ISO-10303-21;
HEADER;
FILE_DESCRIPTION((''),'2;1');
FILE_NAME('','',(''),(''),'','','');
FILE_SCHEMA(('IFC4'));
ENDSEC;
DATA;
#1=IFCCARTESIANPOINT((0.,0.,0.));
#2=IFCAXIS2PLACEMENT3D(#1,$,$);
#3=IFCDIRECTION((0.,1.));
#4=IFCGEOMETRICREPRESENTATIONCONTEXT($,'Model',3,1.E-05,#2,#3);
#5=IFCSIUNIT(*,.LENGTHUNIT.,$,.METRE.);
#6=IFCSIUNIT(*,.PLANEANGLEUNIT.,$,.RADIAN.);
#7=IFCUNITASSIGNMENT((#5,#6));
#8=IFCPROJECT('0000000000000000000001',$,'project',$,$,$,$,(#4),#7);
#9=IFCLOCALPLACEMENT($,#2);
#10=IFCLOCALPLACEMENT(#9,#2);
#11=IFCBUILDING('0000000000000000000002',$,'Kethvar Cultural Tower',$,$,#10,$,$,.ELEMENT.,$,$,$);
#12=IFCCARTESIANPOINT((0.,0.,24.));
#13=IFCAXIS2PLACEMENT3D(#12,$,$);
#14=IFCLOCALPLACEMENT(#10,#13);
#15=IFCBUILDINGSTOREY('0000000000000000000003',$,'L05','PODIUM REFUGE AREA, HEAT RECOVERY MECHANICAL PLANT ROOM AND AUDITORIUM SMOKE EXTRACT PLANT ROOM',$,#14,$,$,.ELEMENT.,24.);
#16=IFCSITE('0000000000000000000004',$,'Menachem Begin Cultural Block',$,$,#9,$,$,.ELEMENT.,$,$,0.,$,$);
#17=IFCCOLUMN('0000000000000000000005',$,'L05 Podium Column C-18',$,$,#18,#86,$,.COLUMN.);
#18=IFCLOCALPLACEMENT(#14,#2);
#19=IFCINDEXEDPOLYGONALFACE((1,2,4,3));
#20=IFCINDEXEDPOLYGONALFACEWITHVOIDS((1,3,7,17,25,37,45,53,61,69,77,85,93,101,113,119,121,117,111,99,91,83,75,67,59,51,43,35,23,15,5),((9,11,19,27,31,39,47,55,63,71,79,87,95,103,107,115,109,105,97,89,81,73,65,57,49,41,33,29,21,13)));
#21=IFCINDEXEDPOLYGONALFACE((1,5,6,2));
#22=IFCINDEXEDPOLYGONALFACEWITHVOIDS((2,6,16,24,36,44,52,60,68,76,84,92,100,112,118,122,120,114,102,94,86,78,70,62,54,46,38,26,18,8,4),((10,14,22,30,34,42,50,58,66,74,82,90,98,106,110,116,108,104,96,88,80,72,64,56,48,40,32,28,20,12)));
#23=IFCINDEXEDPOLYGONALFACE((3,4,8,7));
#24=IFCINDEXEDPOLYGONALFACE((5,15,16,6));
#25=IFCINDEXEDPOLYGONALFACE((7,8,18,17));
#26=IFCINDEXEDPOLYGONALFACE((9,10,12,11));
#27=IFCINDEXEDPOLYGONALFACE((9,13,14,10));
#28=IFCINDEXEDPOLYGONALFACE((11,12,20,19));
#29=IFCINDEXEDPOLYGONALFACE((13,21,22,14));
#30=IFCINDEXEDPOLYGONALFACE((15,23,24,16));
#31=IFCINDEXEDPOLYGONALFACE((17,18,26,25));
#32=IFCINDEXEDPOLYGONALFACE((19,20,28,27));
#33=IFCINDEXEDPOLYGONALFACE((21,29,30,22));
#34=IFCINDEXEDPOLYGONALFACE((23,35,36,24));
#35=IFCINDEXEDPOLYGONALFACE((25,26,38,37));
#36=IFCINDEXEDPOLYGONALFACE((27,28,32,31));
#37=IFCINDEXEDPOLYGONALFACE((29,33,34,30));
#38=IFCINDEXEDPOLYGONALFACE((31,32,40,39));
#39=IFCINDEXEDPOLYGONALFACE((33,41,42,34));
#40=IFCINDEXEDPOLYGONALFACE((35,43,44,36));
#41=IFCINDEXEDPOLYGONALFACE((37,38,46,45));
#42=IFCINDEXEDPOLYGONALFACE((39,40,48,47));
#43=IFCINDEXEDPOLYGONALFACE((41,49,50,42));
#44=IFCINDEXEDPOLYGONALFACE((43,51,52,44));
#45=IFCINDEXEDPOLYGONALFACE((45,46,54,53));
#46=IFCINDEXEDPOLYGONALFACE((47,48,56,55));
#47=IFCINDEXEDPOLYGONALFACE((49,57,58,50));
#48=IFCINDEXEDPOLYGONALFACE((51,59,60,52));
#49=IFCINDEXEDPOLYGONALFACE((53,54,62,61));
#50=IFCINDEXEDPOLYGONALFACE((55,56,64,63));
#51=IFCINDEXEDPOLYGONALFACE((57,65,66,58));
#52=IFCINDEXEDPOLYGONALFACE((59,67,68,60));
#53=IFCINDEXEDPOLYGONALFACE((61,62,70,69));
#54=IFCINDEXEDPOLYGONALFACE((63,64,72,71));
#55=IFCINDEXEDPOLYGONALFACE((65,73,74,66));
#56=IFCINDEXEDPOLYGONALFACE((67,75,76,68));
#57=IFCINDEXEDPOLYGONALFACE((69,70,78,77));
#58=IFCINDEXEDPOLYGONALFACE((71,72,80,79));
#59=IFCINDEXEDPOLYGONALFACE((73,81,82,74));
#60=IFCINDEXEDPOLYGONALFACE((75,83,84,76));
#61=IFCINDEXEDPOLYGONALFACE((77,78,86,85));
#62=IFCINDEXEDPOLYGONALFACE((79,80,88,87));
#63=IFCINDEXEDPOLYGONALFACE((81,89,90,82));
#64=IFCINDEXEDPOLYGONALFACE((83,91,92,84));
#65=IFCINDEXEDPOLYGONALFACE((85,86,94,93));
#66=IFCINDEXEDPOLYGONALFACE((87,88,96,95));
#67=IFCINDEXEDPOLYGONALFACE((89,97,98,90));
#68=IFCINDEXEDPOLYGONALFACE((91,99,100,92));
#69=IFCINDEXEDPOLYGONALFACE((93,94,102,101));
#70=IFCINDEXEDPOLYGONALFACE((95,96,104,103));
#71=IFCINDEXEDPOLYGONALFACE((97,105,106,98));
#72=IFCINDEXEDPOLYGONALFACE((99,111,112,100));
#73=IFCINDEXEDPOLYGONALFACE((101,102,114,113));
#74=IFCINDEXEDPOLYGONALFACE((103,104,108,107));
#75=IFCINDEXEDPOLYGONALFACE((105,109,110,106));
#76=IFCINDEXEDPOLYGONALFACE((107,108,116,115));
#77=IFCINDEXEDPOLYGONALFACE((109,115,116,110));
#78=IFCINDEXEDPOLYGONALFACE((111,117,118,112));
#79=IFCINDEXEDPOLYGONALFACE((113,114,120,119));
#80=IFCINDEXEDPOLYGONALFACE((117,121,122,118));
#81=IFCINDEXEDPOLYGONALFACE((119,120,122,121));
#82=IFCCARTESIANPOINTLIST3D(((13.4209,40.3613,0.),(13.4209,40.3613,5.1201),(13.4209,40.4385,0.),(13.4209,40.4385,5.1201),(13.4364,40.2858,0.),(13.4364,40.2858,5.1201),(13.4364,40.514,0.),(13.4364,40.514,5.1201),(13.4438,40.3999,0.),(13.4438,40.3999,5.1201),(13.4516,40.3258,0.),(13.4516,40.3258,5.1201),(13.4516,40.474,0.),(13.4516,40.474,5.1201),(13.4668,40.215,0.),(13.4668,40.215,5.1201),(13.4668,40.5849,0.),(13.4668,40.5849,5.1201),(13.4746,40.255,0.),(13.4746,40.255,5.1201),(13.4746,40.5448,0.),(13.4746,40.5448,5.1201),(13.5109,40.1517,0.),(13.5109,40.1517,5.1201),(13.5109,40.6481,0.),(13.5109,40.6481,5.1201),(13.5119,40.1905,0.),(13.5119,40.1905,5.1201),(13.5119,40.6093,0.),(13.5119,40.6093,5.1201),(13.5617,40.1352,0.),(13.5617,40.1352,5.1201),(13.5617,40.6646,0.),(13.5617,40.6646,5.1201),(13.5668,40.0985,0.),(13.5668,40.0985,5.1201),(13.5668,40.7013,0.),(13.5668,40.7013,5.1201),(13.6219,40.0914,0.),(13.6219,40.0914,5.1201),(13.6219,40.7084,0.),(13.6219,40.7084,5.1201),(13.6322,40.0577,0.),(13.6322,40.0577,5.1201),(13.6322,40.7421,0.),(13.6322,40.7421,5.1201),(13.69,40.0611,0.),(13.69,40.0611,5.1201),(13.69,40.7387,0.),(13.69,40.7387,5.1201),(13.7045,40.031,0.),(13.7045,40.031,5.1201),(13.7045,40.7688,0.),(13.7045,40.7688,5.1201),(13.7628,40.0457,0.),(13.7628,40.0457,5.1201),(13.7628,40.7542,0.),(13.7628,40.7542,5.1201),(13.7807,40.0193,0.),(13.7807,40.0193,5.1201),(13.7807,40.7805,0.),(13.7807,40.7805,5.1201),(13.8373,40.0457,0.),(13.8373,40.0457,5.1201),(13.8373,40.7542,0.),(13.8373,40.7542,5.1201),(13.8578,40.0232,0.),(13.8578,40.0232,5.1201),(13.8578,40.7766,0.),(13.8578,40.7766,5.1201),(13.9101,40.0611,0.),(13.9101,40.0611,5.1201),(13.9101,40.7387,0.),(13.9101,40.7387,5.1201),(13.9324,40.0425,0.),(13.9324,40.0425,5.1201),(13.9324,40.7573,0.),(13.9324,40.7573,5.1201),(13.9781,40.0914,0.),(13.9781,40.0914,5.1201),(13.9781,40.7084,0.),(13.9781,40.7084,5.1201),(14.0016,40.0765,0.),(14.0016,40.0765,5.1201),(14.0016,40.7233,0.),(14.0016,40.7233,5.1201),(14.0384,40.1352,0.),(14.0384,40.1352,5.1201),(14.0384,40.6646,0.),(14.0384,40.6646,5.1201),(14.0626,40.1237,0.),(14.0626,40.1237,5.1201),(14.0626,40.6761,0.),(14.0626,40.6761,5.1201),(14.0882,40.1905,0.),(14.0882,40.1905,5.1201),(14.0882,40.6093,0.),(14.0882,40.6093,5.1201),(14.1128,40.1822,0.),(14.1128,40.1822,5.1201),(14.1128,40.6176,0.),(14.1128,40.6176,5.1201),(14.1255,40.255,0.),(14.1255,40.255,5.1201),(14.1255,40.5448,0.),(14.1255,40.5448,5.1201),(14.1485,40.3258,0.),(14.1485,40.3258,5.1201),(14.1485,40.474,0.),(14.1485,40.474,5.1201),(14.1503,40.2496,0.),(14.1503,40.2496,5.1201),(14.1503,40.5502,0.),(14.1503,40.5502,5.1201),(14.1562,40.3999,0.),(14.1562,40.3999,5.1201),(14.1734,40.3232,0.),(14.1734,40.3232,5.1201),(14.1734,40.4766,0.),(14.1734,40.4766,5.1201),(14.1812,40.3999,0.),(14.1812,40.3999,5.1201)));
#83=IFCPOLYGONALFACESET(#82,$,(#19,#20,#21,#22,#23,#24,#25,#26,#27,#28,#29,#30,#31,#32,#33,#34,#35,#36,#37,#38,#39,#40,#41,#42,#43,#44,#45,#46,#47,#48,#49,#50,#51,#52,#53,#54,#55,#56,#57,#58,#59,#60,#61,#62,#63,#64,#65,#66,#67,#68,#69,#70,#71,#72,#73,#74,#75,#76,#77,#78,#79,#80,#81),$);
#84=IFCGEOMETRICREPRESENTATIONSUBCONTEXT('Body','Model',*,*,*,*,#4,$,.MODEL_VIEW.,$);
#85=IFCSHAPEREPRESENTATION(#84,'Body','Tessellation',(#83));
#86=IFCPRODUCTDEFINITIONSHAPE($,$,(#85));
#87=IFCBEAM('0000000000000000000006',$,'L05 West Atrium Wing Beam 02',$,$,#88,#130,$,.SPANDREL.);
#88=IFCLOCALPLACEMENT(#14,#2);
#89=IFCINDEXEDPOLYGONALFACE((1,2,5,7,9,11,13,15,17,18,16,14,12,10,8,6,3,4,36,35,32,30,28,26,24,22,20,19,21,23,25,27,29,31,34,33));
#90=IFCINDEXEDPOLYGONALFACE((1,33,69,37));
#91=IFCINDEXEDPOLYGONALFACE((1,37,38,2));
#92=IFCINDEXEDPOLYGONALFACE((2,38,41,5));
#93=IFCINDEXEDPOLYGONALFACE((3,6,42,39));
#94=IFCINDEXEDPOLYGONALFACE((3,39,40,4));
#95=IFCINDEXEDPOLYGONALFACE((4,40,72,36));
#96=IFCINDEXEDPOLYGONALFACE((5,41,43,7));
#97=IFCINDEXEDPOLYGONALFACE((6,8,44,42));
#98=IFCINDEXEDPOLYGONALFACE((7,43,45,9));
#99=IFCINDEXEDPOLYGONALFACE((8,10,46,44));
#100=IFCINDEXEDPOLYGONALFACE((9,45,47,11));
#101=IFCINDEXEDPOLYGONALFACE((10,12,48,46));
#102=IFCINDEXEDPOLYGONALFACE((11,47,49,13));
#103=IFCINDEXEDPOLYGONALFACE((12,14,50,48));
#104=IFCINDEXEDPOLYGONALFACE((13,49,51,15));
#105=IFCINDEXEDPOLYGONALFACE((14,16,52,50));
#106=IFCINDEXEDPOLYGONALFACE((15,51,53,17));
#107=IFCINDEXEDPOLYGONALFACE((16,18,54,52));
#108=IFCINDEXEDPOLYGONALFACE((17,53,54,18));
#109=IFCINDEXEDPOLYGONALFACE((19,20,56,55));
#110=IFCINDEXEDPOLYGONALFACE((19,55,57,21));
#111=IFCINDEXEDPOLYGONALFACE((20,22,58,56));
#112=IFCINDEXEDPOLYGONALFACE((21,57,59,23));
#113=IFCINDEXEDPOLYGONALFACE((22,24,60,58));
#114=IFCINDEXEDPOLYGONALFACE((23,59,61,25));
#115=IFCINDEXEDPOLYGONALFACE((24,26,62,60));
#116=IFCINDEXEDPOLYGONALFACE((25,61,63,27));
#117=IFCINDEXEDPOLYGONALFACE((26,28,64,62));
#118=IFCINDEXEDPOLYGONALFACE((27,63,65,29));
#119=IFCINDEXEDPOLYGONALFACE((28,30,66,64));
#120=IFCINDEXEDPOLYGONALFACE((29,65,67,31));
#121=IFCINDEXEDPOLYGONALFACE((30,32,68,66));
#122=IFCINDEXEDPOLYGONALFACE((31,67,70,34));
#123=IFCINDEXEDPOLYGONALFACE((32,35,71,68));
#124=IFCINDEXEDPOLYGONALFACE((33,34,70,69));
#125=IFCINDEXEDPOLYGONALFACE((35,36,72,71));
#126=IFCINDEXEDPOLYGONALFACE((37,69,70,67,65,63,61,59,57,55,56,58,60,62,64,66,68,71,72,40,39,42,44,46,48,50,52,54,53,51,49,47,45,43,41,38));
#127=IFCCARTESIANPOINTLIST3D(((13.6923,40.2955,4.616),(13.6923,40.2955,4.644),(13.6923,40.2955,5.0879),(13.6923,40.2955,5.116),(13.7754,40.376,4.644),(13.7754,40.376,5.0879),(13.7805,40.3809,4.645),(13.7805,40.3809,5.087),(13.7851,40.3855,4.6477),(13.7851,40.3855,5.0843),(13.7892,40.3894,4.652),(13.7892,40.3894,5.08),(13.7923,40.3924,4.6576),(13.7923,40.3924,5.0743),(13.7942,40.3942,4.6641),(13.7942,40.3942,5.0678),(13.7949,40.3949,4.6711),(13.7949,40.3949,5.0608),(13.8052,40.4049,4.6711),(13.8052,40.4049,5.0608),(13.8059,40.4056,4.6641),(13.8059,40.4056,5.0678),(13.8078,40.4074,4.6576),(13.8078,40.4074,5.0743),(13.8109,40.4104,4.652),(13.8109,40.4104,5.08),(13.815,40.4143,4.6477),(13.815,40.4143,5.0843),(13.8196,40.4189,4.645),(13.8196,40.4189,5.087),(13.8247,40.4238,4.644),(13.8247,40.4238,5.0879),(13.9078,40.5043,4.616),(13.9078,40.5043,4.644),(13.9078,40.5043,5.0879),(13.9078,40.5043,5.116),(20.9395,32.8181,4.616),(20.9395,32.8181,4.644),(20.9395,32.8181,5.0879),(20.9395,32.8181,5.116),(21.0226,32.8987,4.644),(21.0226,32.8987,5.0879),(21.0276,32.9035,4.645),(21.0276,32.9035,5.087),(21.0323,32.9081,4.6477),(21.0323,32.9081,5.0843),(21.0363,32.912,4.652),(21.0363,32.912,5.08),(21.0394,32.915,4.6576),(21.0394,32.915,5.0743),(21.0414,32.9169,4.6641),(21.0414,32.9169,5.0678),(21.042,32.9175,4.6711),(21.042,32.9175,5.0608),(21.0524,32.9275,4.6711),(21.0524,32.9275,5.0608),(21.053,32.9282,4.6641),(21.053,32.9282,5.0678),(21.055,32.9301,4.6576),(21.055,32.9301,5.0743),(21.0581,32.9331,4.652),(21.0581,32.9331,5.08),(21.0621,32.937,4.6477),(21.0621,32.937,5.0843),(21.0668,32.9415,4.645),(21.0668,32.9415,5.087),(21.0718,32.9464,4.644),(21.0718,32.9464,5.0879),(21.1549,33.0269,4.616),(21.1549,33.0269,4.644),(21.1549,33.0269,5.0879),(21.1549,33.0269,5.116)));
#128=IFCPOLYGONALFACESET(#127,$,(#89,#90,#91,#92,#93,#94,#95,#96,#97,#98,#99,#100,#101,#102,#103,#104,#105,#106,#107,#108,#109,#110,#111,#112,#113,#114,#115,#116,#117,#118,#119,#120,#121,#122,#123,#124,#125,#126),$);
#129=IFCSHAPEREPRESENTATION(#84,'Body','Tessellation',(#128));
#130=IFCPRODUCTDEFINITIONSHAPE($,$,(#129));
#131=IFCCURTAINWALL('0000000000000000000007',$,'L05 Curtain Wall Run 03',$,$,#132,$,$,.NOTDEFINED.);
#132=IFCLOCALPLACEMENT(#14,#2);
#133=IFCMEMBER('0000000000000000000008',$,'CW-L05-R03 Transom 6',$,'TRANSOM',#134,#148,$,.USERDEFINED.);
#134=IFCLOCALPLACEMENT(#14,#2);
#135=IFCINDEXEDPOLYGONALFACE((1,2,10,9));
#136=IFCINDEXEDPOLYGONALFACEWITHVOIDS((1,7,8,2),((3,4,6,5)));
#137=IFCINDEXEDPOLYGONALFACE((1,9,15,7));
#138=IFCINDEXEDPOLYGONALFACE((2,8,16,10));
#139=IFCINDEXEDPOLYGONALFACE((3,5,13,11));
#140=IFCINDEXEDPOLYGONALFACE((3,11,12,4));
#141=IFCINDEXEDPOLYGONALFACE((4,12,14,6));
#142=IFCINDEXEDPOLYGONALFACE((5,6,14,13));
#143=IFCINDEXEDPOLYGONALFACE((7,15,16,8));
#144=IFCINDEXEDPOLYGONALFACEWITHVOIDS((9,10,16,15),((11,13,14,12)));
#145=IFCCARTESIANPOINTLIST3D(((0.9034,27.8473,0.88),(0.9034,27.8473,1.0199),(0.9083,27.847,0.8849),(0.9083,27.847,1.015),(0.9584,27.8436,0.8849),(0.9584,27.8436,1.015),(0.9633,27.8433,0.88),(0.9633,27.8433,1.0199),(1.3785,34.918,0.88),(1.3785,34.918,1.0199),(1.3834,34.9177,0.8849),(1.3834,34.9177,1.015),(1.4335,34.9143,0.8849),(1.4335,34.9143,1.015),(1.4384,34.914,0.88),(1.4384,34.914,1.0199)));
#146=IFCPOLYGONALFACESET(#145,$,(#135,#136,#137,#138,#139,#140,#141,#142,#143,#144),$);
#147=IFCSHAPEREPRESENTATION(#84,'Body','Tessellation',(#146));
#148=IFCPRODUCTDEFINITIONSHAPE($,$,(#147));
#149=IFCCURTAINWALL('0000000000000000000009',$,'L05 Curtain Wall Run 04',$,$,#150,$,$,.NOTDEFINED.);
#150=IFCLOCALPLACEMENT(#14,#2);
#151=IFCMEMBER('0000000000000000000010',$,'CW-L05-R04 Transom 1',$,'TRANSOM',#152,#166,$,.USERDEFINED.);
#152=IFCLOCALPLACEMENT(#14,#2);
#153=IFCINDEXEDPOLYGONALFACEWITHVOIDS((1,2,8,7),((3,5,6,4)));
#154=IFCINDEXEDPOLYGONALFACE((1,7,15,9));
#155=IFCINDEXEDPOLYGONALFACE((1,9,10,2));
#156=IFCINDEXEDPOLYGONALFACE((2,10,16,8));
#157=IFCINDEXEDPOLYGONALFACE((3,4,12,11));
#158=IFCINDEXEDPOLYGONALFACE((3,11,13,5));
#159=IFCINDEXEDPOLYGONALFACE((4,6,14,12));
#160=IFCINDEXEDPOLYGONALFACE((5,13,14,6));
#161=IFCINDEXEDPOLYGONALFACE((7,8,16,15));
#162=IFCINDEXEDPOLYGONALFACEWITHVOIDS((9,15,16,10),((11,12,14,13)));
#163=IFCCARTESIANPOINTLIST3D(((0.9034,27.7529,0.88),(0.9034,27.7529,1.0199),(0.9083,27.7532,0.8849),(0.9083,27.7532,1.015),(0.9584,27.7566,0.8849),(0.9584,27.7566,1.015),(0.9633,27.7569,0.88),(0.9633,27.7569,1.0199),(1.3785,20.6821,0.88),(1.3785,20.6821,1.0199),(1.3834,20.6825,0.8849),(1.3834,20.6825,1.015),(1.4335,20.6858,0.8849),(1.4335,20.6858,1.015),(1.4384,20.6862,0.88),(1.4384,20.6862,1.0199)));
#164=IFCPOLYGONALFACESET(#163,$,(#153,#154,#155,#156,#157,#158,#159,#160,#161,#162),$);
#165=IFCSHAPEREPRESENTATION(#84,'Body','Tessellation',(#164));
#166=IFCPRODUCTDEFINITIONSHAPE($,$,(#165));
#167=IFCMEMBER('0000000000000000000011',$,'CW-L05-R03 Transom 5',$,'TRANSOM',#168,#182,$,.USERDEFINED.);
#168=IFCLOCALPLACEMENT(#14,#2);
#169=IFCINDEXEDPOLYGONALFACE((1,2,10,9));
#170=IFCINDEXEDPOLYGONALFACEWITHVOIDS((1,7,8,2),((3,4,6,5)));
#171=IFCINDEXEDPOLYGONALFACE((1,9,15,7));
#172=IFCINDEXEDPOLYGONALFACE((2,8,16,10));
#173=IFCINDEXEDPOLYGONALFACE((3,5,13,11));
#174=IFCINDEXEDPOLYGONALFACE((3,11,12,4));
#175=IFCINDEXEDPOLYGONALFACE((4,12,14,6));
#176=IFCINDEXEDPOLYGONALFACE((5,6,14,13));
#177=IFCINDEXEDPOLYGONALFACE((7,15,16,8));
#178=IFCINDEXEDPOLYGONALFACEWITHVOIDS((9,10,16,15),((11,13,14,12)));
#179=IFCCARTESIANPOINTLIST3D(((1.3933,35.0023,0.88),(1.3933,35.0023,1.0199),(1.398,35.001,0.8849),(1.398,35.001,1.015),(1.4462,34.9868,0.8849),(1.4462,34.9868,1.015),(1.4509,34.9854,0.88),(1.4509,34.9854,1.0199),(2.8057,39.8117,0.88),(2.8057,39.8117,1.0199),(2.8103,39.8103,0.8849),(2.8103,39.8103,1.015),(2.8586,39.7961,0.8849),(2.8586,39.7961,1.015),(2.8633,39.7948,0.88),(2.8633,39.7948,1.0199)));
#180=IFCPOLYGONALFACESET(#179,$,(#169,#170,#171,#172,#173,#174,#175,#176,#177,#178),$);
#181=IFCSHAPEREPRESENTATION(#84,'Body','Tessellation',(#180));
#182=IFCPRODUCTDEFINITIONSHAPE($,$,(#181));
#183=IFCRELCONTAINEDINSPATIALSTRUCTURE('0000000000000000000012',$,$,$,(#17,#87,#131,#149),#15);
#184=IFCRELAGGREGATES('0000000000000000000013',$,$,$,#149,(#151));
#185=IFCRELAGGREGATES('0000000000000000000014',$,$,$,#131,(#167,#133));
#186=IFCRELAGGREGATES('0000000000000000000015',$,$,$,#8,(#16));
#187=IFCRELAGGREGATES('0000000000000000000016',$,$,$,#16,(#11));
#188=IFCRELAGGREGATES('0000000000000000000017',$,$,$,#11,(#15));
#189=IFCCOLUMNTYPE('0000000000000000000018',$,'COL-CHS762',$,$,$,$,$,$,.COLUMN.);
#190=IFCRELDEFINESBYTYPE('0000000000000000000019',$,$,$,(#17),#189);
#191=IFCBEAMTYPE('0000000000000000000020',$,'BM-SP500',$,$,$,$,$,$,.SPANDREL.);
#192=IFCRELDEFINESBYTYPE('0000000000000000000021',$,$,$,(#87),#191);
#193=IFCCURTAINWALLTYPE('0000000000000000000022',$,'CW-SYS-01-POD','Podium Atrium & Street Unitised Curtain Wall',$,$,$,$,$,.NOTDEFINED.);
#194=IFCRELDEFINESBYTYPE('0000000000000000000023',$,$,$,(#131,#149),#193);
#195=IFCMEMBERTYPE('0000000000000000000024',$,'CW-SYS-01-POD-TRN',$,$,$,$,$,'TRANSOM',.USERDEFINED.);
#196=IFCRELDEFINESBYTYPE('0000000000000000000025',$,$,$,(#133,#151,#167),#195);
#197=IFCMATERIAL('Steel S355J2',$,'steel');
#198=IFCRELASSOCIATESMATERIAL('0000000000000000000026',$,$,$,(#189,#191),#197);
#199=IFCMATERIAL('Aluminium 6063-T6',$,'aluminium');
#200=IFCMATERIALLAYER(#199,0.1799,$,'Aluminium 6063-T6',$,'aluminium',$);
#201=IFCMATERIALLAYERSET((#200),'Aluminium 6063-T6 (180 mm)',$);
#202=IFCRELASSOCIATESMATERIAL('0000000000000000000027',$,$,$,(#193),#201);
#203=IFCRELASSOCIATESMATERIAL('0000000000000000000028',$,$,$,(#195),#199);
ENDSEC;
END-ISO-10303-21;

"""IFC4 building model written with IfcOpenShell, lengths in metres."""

from ifc_helpers import new_model, si_unit, direction, frame, origin, origin_2d, place, context, subcontext, project, spatial, hollow_rectangle, hollow_circle, i_section, extrude, source, transform, mapped, material, layer, layer_set, material_profile, profile_set, type_object, element, aggregate, save


model = new_model("IFC4")

# Units and contexts
model_context = context("Model", 3, precision=1e-05, world=origin(), true_north=direction((0.0, 1.0)))
body_context = subcontext(model_context, "Body", "Model", "MODEL_VIEW")
ifc_project = project(units=[si_unit("LENGTHUNIT", "METRE"), si_unit("PLANEANGLEUNIT", "RADIAN")], contexts=[model_context])

# Site, building, storey
site_placement = place(None, origin())
site = spatial("IfcSite", under=ifc_project, at=site_placement, Name="Menachem Begin Cultural Block", CompositionType="ELEMENT", RefElevation=0.0)
building_placement = place(site_placement, origin())
building = spatial("IfcBuilding", under=site, at=building_placement, Name="Kethvar Cultural Tower", CompositionType="ELEMENT")
storey_placement = place(building_placement, frame((0.0, 0.0, 24.0)))
storey = spatial("IfcBuildingStorey", under=building, at=storey_placement, Name="L05", Description="PODIUM REFUGE AREA, HEAT RECOVERY MECHANICAL PLANT ROOM AND AUDITORIUM SMOKE EXTRACT PLANT ROOM", CompositionType="ELEMENT", Elevation=24.0)

# Column
ifc_material_1 = material(Name="Steel S355J2", Category="steel")
ifc_material_profile_1 = material_profile(ifc_material_1, hollow_circle(Radius=0.3811, WallThickness=0.0249, at=origin_2d()), Name="Steel S355J2 — CHS762x25")
ifc_profile_set_1 = profile_set([ifc_material_profile_1], Name="Steel S355J2 — CHS762x25")
column_type = type_object("IfcColumnType", Name="COL-CHS762", PredefinedType="COLUMN", material=ifc_profile_set_1)
shared_shape_1 = source(origin(), body_context, "Body", "SweptSolid", [
    extrude(hollow_circle(Radius=0.3811, WallThickness=0.0249, at=origin_2d()), origin(), (0.0, 0.0, 1.0), 5.1201),
])
column_placement = place(storey_placement, frame((13.8, 40.3999, 0.0), z_axis=(0.0, 0.0, 1.0), x_axis=(1.0, 0.0, 0.0)))
element("IfcColumn", 1, at=column_placement, inside=storey, type_object=column_type, Name="L05 Podium Column C-18", PredefinedType="COLUMN", context=body_context, shape_type="MappedRepresentation", body=[
    mapped(shared_shape_1, transform((0.0, 0.0, 0.0), scale=1.0)),
])

# Beam
ifc_material_profile_2 = material_profile(ifc_material_1, i_section(OverallWidth=0.3, OverallDepth=0.5, WebThickness=0.0144, FlangeThickness=0.0281, FilletRadius=0.0271, at=origin_2d()), Name="Steel S355J2 — HEB500")
ifc_profile_set_2 = profile_set([ifc_material_profile_2], Name="Steel S355J2 — HEB500")
beam_type = type_object("IfcBeamType", Name="BM-SP500", PredefinedType="SPANDREL", material=ifc_profile_set_2)
shared_shape_2 = source(origin(), body_context, "Body", "SweptSolid", [
    extrude(i_section(OverallWidth=0.3, OverallDepth=0.5, WebThickness=0.0144, FlangeThickness=0.0281, FilletRadius=0.0271, at=origin_2d()), origin(), (0.0, 0.0, 1.0), 10.4131),
])
beam_placement = place(storey_placement, frame((13.8, 40.3999, 4.866), z_axis=(0.695966, -0.718075, 0.0), x_axis=(0.718075, 0.695966, 0.0)))
element("IfcBeam", 2, at=beam_placement, inside=storey, type_object=beam_type, Name="L05 West Atrium Wing Beam 02", PredefinedType="SPANDREL", context=body_context, shape_type="MappedRepresentation", body=[
    mapped(shared_shape_2, transform((0.0, 0.0, 0.0), scale=1.0)),
])

# Curtain walls, members
ifc_material_2 = material(Name="Aluminium 6063-T6", Category="aluminium")
ifc_layer_1 = layer(ifc_material_2, 0.1799, Name="Aluminium 6063-T6", Category="aluminium")
ifc_layer_set_1 = layer_set([ifc_layer_1], Name="Aluminium 6063-T6 (180 mm)")
curtain_wall_type = type_object("IfcCurtainWallType", Name="CW-SYS-01-POD", Description="Podium Atrium & Street Unitised Curtain Wall", PredefinedType="NOTDEFINED", material=ifc_layer_set_1)
curtain_wall_1_placement = place(storey_placement, origin())
curtain_wall_1 = element("IfcCurtainWall", 3, at=curtain_wall_1_placement, inside=storey, type_object=curtain_wall_type, Name="L05 Curtain Wall Run 03", PredefinedType="NOTDEFINED")
ifc_material_profile_3 = material_profile(ifc_material_2, hollow_rectangle(XDim=0.0601, YDim=0.1399, WallThickness=0.0049, at=origin_2d()), Name="Aluminium 6063-T6 — RHS140x60x5")
ifc_profile_set_3 = profile_set([ifc_material_profile_3], Name="Aluminium 6063-T6 — RHS140x60x5")
member_type_1 = type_object("IfcMemberType", Name="CW-SYS-01-POD-TRN", ElementType="TRANSOM", PredefinedType="USERDEFINED", material=ifc_profile_set_3)
shared_shape_3 = source(origin(), body_context, "Body", "SweptSolid", [
    extrude(hollow_rectangle(XDim=0.0601, YDim=0.1399, WallThickness=0.0049, at=origin_2d()), origin(), (0.0, 0.0, 1.0), 7.0867),
])
member_1_placement = place(storey_placement, frame((1.4084, 34.916, 0.95), z_axis=(-0.06704, -0.99775, 0.0), x_axis=(0.99775, -0.06704, 0.0)))
member_1 = element("IfcMember", 4, at=member_1_placement, type_object=member_type_1, Name="CW-L05-R03 Transom 6", ObjectType="TRANSOM", PredefinedType="USERDEFINED", context=body_context, shape_type="MappedRepresentation", body=[
    mapped(shared_shape_3, transform((0.0, 0.0, 0.0), scale=1.0)),
])
curtain_wall_2_placement = place(storey_placement, origin())
curtain_wall_2 = element("IfcCurtainWall", 5, at=curtain_wall_2_placement, inside=storey, type_object=curtain_wall_type, Name="L05 Curtain Wall Run 04", PredefinedType="NOTDEFINED")
member_2_placement = place(storey_placement, frame((0.9333, 27.7549, 0.95), z_axis=(0.06704, -0.99775, 0.0), x_axis=(0.99775, 0.06704, 0.0)))
member_2 = element("IfcMember", 6, at=member_2_placement, type_object=member_type_1, Name="CW-L05-R04 Transom 1", ObjectType="TRANSOM", PredefinedType="USERDEFINED", context=body_context, shape_type="MappedRepresentation", body=[
    mapped(shared_shape_3, transform((0.0, 0.0, 0.0), scale=1.0)),
])

# Member
shared_shape_4 = source(origin(), body_context, "Body", "SweptSolid", [
    extrude(hollow_rectangle(XDim=0.0601, YDim=0.1399, WallThickness=0.0049, at=origin_2d()), origin(), (0.0, 0.0, 1.0), 5.0125),
])
member_3_placement = place(storey_placement, frame((2.8345, 39.8032, 0.95), z_axis=(-0.281771, -0.959482, 0.0), x_axis=(0.959482, -0.281771, 0.0)))
member_3 = element("IfcMember", 7, at=member_3_placement, type_object=member_type_1, Name="CW-L05-R03 Transom 5", ObjectType="TRANSOM", PredefinedType="USERDEFINED", context=body_context, shape_type="MappedRepresentation", body=[
    mapped(shared_shape_4, transform((0.0, 0.0, 0.0), scale=1.0)),
])
aggregate(curtain_wall_2, [member_2])

aggregate(curtain_wall_1, [member_3, member_1])

save(model, "model.ifc")
